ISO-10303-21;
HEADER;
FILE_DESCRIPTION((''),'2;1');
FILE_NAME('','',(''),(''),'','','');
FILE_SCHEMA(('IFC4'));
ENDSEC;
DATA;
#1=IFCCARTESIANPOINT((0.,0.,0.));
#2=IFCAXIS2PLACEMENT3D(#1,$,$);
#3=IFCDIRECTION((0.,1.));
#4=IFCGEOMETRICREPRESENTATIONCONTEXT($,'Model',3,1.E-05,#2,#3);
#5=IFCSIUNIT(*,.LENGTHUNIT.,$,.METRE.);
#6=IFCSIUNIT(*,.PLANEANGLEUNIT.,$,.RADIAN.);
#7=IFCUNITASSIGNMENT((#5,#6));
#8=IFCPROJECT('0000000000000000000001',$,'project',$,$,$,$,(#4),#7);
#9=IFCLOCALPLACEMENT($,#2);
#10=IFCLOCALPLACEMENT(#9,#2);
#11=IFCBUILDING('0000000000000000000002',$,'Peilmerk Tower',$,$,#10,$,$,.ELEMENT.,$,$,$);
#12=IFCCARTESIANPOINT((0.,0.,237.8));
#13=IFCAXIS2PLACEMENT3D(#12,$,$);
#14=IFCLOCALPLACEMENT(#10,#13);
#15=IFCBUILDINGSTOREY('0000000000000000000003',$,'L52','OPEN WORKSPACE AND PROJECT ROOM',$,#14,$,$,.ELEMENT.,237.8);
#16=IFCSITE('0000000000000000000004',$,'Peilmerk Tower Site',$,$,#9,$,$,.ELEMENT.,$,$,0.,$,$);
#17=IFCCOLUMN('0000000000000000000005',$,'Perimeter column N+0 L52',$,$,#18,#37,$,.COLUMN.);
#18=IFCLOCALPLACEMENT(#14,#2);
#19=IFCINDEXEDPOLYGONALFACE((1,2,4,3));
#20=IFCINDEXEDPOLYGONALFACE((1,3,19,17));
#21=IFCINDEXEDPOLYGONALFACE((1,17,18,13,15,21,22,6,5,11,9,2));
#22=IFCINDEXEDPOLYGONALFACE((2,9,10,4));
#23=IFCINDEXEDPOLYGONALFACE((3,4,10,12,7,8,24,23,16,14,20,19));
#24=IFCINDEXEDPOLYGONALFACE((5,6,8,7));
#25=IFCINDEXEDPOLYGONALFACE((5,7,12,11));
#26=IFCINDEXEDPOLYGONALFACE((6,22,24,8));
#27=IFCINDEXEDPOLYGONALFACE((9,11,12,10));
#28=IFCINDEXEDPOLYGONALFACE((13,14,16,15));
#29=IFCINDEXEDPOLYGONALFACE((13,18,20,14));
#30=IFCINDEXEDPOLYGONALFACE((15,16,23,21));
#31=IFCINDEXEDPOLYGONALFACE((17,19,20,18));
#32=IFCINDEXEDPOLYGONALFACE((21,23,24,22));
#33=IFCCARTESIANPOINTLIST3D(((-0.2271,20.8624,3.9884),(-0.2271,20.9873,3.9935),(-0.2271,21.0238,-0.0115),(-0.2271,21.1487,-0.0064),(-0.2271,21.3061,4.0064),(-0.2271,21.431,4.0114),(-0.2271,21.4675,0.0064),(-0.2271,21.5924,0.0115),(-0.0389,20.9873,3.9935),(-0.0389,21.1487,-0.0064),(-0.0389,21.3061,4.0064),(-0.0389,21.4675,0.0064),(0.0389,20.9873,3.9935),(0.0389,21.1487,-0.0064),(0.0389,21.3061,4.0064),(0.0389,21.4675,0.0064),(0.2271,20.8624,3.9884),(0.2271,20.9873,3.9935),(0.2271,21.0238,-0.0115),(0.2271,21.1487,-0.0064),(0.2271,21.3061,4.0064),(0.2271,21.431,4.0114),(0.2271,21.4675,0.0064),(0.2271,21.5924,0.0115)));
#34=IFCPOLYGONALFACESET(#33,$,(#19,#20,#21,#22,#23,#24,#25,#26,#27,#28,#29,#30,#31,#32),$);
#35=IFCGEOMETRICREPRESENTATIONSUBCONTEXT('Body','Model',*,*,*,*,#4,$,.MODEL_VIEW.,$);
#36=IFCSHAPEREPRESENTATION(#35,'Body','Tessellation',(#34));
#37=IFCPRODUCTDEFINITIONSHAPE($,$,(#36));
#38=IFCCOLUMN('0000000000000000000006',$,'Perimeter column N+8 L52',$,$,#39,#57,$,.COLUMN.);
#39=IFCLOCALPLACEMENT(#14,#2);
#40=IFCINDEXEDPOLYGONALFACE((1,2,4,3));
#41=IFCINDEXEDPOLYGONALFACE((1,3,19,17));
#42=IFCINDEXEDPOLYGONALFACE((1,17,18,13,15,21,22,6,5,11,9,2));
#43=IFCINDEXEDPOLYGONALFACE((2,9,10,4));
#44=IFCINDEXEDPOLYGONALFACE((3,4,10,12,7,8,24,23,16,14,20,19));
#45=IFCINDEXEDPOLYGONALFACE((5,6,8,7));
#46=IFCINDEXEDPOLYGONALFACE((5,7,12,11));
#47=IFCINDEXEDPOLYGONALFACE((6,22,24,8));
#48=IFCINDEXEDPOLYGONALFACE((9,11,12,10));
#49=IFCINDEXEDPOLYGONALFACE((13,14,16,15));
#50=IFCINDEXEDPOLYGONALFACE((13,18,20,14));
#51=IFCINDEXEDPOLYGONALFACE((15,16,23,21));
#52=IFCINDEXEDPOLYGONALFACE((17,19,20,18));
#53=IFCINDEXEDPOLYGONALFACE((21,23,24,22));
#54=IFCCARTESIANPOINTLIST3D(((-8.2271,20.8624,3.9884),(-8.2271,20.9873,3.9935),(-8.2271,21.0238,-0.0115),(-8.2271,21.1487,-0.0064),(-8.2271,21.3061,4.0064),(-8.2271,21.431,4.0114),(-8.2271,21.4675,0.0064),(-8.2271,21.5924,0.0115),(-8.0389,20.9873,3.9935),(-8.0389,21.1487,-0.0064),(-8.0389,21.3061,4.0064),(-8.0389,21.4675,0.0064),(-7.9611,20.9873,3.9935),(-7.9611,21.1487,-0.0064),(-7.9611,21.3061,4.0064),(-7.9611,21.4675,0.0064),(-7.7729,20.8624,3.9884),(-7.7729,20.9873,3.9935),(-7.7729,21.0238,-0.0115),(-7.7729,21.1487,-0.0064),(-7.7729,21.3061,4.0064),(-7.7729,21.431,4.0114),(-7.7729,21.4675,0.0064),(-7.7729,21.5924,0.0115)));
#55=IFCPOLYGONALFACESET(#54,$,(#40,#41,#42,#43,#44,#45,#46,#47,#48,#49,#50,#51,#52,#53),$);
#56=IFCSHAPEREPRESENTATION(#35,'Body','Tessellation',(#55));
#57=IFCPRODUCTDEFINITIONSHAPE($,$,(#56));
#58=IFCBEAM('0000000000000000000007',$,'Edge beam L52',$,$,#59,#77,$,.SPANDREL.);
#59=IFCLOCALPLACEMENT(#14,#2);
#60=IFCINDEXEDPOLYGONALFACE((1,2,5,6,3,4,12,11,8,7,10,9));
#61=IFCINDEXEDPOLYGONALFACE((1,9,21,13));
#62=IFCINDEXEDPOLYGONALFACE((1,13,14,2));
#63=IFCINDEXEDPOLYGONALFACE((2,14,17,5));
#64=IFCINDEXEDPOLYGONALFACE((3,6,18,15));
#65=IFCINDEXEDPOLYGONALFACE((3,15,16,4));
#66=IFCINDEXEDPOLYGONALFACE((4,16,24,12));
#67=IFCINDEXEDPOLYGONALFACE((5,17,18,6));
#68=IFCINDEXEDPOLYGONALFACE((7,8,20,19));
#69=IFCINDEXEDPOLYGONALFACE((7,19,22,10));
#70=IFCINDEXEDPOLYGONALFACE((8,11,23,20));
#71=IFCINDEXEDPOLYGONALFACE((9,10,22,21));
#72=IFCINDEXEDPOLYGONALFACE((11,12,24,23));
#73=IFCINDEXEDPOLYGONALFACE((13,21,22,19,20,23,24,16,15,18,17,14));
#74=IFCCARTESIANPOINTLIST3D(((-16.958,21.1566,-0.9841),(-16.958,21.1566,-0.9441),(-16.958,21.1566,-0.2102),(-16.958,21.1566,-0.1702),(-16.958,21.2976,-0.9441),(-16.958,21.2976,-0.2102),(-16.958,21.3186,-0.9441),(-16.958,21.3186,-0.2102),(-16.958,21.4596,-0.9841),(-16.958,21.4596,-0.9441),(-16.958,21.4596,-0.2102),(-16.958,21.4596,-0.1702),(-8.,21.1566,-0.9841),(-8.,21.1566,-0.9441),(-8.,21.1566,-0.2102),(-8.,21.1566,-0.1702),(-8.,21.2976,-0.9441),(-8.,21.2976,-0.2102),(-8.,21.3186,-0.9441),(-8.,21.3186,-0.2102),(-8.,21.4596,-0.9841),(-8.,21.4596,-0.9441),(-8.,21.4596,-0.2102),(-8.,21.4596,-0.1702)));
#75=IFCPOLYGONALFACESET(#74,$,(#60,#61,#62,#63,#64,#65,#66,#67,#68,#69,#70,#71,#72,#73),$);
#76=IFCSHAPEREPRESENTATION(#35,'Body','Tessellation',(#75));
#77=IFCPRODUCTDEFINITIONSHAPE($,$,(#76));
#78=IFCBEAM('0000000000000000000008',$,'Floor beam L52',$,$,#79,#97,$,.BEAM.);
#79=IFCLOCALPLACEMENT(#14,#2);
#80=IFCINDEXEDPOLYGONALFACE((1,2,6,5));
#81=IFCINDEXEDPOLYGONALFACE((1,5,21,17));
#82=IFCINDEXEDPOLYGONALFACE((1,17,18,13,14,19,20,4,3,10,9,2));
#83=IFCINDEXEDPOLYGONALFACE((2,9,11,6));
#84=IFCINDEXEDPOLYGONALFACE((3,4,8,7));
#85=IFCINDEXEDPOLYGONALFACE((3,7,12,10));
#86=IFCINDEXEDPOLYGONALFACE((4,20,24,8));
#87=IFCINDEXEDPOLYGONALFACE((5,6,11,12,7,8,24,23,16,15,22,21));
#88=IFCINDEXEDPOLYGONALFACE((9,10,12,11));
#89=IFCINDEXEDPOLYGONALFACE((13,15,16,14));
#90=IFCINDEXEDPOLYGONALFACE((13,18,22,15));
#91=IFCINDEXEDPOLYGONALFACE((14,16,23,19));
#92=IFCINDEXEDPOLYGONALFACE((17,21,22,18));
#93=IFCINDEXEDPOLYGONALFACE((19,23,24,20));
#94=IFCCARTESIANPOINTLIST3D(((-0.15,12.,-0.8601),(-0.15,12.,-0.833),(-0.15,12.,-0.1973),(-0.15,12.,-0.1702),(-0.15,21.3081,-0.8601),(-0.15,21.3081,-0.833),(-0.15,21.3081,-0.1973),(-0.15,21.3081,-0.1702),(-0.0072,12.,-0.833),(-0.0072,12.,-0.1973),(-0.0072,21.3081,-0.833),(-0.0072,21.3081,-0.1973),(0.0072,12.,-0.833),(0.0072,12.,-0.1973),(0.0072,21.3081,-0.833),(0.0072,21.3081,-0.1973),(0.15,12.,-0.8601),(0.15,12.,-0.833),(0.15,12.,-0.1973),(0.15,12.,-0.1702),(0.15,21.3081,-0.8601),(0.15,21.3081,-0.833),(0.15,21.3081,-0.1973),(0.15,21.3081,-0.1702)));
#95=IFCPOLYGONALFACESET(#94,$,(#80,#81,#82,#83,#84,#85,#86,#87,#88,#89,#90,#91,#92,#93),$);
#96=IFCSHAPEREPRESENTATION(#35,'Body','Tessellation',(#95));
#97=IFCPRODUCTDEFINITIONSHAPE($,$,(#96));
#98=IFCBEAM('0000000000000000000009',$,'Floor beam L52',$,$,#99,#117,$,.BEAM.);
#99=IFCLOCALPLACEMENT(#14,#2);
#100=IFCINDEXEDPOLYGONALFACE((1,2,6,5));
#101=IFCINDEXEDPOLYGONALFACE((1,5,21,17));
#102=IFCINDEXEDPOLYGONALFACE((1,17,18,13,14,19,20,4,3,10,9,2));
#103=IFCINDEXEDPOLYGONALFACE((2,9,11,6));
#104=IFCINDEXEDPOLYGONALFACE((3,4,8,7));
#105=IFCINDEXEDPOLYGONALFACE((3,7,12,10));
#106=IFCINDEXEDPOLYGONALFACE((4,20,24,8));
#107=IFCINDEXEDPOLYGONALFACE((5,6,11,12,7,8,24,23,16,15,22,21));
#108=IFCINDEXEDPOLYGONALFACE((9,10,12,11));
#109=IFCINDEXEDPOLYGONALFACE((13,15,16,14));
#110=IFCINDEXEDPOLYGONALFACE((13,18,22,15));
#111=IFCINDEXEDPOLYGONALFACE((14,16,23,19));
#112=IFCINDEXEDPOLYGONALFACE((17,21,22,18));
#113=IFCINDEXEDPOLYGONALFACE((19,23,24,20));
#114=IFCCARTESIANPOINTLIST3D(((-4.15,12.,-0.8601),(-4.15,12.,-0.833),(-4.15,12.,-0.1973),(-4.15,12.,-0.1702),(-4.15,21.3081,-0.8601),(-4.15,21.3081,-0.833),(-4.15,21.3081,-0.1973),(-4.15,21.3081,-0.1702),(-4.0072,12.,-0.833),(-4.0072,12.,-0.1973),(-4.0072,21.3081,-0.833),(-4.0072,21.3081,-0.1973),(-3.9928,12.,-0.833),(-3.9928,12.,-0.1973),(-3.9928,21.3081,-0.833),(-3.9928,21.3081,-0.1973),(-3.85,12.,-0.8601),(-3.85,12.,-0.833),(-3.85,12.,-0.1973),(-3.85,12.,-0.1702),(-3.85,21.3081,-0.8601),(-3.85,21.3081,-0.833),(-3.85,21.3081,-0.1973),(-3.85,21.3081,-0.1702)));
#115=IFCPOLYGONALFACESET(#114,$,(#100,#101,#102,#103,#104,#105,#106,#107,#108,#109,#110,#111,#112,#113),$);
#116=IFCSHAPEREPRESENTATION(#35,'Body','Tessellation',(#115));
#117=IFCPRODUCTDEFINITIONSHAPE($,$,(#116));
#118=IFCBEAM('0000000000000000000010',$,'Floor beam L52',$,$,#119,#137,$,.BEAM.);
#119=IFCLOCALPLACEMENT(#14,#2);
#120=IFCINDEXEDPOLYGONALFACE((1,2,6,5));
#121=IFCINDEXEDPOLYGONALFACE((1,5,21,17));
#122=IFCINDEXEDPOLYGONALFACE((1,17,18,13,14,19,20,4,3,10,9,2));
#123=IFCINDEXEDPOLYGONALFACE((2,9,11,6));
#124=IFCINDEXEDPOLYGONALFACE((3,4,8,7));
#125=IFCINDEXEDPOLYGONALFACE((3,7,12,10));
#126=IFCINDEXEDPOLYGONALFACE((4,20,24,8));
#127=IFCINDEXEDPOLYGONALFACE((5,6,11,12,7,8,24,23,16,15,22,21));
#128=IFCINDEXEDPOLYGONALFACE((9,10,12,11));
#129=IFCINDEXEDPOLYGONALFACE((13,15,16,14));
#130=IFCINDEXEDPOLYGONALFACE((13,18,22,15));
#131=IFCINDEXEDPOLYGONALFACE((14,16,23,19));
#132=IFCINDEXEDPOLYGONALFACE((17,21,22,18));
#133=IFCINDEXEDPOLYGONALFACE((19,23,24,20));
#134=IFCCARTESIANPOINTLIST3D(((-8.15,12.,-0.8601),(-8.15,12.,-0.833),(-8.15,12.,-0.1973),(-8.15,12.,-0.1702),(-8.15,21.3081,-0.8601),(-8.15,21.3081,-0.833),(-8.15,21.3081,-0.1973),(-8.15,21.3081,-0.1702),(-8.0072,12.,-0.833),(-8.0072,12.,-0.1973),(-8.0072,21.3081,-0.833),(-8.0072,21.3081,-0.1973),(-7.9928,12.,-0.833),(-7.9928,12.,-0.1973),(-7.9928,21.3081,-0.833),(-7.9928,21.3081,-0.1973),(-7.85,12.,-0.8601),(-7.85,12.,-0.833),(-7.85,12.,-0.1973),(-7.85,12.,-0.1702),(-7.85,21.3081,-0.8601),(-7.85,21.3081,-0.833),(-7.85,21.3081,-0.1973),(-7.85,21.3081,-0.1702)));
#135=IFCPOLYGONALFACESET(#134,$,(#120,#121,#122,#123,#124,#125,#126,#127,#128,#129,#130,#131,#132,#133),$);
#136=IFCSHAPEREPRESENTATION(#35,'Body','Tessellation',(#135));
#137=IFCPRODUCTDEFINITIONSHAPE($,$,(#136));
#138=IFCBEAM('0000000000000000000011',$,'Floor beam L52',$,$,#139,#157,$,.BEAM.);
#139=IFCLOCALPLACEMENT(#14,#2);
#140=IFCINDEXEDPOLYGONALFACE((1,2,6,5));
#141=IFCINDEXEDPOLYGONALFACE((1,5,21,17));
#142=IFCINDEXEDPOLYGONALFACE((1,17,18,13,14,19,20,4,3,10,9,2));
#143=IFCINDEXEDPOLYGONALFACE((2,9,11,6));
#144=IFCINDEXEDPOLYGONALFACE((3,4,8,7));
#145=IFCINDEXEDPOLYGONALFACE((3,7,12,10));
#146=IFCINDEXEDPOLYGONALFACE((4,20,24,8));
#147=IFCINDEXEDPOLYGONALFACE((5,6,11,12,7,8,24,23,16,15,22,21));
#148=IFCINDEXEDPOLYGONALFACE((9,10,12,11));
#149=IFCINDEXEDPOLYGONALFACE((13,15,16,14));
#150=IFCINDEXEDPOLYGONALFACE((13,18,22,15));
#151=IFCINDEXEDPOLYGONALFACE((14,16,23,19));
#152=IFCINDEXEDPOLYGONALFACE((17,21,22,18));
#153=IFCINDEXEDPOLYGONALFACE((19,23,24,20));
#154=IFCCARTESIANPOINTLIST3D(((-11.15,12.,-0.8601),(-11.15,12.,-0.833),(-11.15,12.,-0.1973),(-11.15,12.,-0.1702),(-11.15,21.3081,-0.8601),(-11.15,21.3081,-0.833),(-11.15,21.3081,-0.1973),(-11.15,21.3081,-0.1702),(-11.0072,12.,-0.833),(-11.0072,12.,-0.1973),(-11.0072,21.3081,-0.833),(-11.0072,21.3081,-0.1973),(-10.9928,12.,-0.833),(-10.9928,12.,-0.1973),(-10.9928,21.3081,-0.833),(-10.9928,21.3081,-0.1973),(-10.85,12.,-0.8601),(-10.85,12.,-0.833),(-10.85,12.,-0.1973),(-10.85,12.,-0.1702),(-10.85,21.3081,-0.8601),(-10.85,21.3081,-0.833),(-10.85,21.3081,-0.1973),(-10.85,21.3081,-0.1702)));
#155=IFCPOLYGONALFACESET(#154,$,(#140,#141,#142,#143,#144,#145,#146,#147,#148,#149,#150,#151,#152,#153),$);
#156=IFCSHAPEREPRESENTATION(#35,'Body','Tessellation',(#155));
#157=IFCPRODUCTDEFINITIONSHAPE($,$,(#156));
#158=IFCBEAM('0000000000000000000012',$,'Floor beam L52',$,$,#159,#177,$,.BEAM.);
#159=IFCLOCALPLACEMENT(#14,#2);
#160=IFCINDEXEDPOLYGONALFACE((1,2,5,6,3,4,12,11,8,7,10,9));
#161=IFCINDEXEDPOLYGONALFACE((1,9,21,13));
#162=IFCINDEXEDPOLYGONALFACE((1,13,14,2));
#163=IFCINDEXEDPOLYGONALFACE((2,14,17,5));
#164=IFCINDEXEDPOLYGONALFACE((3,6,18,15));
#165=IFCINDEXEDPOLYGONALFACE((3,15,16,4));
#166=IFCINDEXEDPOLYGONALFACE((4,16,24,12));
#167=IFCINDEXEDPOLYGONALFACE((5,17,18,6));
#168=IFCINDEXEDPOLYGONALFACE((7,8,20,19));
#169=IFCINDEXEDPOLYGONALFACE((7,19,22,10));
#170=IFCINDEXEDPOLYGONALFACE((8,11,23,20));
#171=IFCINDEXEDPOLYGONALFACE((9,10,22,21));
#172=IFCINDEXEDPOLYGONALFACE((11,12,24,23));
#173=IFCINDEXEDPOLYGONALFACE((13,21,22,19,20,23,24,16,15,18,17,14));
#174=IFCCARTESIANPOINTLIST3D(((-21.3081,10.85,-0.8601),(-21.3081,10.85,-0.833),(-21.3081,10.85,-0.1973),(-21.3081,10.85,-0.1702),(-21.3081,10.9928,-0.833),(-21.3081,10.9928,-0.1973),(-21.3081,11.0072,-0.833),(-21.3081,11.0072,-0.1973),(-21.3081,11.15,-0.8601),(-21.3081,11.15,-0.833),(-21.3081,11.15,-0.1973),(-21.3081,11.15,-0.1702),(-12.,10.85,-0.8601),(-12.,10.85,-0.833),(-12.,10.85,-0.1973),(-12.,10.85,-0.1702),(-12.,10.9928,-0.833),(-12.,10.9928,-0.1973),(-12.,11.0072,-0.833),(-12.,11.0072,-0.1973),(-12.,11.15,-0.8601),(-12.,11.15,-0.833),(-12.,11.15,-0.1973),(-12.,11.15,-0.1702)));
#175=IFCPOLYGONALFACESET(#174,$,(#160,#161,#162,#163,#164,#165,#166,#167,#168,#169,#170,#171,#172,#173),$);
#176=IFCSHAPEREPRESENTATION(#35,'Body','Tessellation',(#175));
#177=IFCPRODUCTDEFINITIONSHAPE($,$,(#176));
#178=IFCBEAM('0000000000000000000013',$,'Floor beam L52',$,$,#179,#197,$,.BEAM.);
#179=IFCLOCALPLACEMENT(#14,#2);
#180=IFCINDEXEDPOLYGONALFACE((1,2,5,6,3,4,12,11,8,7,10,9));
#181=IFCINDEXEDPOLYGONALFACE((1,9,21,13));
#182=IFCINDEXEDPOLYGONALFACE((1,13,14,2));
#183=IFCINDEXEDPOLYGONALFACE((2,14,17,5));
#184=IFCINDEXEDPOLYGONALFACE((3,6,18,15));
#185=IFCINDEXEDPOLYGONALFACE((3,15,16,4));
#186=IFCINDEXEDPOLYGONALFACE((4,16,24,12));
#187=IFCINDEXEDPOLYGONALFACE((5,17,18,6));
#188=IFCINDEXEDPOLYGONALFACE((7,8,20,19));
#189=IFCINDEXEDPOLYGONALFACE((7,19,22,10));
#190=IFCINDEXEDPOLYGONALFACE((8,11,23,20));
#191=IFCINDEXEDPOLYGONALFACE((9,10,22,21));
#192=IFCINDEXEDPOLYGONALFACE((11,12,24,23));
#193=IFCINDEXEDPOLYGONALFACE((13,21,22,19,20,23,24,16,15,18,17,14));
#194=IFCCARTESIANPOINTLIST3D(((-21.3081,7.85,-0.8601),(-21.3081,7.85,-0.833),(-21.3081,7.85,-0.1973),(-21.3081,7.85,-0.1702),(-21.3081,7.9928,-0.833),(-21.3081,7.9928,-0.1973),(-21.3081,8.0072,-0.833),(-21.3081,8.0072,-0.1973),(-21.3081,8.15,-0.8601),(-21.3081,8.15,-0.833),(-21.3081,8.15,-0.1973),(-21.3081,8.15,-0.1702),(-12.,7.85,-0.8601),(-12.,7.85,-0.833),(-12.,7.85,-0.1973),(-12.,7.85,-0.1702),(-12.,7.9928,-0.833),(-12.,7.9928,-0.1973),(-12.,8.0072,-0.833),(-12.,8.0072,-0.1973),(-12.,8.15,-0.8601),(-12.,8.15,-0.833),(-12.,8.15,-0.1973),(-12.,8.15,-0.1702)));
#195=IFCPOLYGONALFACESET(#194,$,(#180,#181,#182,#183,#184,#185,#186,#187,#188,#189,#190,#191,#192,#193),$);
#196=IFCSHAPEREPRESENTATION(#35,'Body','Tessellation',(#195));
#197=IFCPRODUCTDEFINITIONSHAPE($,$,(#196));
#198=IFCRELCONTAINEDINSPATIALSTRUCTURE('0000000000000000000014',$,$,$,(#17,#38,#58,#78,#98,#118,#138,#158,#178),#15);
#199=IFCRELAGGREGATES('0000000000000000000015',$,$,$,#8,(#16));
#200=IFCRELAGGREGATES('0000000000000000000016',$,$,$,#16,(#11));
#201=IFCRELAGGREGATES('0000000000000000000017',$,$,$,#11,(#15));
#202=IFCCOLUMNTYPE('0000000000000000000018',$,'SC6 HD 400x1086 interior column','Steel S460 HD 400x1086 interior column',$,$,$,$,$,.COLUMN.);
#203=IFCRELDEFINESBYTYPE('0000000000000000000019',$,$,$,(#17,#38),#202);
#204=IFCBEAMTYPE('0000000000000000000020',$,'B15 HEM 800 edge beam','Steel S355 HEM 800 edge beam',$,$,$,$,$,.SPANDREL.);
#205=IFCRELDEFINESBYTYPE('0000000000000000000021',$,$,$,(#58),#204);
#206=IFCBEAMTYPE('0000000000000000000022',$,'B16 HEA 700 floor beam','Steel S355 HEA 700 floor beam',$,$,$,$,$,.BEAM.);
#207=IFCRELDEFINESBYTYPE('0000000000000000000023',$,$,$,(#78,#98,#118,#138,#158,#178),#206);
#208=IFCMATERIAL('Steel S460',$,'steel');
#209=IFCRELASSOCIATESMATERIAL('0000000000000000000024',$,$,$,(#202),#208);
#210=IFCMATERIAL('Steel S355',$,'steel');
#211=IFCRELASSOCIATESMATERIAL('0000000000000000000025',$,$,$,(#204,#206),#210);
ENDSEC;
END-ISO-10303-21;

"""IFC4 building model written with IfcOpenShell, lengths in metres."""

from ifc_helpers import new_model, si_unit, direction, frame, origin, origin_2d, place, context, subcontext, project, spatial, i_section, extrude, material, material_profile, profile_set, type_object, element, save


model = new_model("IFC4")

# Units and contexts
model_context = context("Model", 3, precision=1e-05, world=origin(), true_north=direction((0.0, 1.0)))
body_context = subcontext(model_context, "Body", "Model", "MODEL_VIEW")
ifc_project = project(units=[si_unit("LENGTHUNIT", "METRE"), si_unit("PLANEANGLEUNIT", "RADIAN")], contexts=[model_context])

# Site, building, storey
site_placement = place(None, origin())
site = spatial("IfcSite", under=ifc_project, at=site_placement, Name="Peilmerk Tower Site", CompositionType="ELEMENT", RefElevation=0.0)
building_placement = place(site_placement, origin())
building = spatial("IfcBuilding", under=site, at=building_placement, Name="Peilmerk Tower", CompositionType="ELEMENT")
storey_placement = place(building_placement, frame((0.0, 0.0, 237.8)))
storey = spatial("IfcBuildingStorey", under=building, at=storey_placement, Name="L52", Description="OPEN WORKSPACE AND PROJECT ROOM", CompositionType="ELEMENT", Elevation=237.8)

# Columns
ifc_material_1 = material(Name="Steel S460", Category="steel")
ifc_material_profile_1 = material_profile(ifc_material_1, i_section(OverallWidth=0.4541, OverallDepth=0.5691, WebThickness=0.0779, FlangeThickness=0.125, at=origin_2d()), Name="HD 400x1086")
ifc_profile_set_1 = profile_set([ifc_material_profile_1], Name="Steel S460")
column_type = type_object("IfcColumnType", Name="SC6 HD 400x1086 interior column", Description="Steel S460 HD 400x1086 interior column", PredefinedType="COLUMN", material=ifc_profile_set_1)
for number, where, z_axis, x_axis, name in (
    (1, (0.0, 21.3081, 0.0), (0.0, -0.040311, 0.999187), (1.0, 0.0, 0.0), "Perimeter column N+0 L52"),
    (2, (-8.0, 21.3081, 0.0), (0.0, -0.040311, 0.999187), (1.0, 0.0, 0.0), "Perimeter column N+8 L52"),
):
    element("IfcColumn", number, at=place(storey_placement, frame(where, z_axis=z_axis, x_axis=x_axis)), inside=storey, type_object=column_type, Name=name, PredefinedType="COLUMN", context=body_context, shape_type="SweptSolid", body=[
        extrude(i_section(OverallWidth=0.4541, OverallDepth=0.5691, WebThickness=0.0779, FlangeThickness=0.125, at=origin_2d()), origin(), (0.0, 0.0, 1.0), 4.0032),
    ])

# Beams
ifc_material_2 = material(Name="Steel S355", Category="steel")
ifc_material_profile_2 = material_profile(ifc_material_2, i_section(OverallWidth=0.303, OverallDepth=0.814, WebThickness=0.021, FlangeThickness=0.04, at=origin_2d()), Name="HEM 800")
ifc_profile_set_2 = profile_set([ifc_material_profile_2], Name="Steel S355")
beam_type_1 = type_object("IfcBeamType", Name="B15 HEM 800 edge beam", Description="Steel S355 HEM 800 edge beam", PredefinedType="SPANDREL", material=ifc_profile_set_2)
beam_1_placement = place(storey_placement, frame((-8.0, 21.3081, -0.5771), z_axis=(-1.0, 0.0, 0.0), x_axis=(0.0, -1.0, 0.0)))
element("IfcBeam", 3, at=beam_1_placement, inside=storey, type_object=beam_type_1, Name="Edge beam L52", PredefinedType="SPANDREL", context=body_context, shape_type="SweptSolid", body=[
    extrude(i_section(OverallWidth=0.303, OverallDepth=0.814, WebThickness=0.021, FlangeThickness=0.04, at=origin_2d()), origin(), (0.0, 0.0, 1.0), 8.958),
])
ifc_material_profile_3 = material_profile(ifc_material_2, i_section(OverallWidth=0.3, OverallDepth=0.6899, WebThickness=0.0144, FlangeThickness=0.0271, at=origin_2d()), Name="HEA 700")
ifc_profile_set_3 = profile_set([ifc_material_profile_3], Name="Steel S355")
beam_type_2 = type_object("IfcBeamType", Name="B16 HEA 700 floor beam", Description="Steel S355 HEA 700 floor beam", PredefinedType="BEAM", material=ifc_profile_set_3)
for number, where, z_axis, x_axis, name in (
    (4, (0.0, 12.0, -0.5151), (0.0, 1.0, 0.0), (-1.0, 0.0, 0.0), "Floor beam L52"),
    (5, (-4.0, 12.0, -0.5151), (0.0, 1.0, 0.0), (-1.0, 0.0, 0.0), "Floor beam L52"),
    (6, (-8.0, 12.0, -0.5151), (0.0, 1.0, 0.0), (-1.0, 0.0, 0.0), "Floor beam L52"),
    (7, (-11.0, 12.0, -0.5151), (0.0, 1.0, 0.0), (-1.0, 0.0, 0.0), "Floor beam L52"),
    (8, (-12.0, 11.0, -0.5151), (-1.0, 0.0, 0.0), (0.0, -1.0, 0.0), "Floor beam L52"),
    (9, (-12.0, 8.0, -0.5151), (-1.0, 0.0, 0.0), (0.0, -1.0, 0.0), "Floor beam L52"),
):
    element("IfcBeam", number, at=place(storey_placement, frame(where, z_axis=z_axis, x_axis=x_axis)), inside=storey, type_object=beam_type_2, Name=name, PredefinedType="BEAM", context=body_context, shape_type="SweptSolid", body=[
        extrude(i_section(OverallWidth=0.3, OverallDepth=0.6899, WebThickness=0.0144, FlangeThickness=0.0271, at=origin_2d()), origin(), (0.0, 0.0, 1.0), 9.3081),
    ])

save(model, "model.ifc")
